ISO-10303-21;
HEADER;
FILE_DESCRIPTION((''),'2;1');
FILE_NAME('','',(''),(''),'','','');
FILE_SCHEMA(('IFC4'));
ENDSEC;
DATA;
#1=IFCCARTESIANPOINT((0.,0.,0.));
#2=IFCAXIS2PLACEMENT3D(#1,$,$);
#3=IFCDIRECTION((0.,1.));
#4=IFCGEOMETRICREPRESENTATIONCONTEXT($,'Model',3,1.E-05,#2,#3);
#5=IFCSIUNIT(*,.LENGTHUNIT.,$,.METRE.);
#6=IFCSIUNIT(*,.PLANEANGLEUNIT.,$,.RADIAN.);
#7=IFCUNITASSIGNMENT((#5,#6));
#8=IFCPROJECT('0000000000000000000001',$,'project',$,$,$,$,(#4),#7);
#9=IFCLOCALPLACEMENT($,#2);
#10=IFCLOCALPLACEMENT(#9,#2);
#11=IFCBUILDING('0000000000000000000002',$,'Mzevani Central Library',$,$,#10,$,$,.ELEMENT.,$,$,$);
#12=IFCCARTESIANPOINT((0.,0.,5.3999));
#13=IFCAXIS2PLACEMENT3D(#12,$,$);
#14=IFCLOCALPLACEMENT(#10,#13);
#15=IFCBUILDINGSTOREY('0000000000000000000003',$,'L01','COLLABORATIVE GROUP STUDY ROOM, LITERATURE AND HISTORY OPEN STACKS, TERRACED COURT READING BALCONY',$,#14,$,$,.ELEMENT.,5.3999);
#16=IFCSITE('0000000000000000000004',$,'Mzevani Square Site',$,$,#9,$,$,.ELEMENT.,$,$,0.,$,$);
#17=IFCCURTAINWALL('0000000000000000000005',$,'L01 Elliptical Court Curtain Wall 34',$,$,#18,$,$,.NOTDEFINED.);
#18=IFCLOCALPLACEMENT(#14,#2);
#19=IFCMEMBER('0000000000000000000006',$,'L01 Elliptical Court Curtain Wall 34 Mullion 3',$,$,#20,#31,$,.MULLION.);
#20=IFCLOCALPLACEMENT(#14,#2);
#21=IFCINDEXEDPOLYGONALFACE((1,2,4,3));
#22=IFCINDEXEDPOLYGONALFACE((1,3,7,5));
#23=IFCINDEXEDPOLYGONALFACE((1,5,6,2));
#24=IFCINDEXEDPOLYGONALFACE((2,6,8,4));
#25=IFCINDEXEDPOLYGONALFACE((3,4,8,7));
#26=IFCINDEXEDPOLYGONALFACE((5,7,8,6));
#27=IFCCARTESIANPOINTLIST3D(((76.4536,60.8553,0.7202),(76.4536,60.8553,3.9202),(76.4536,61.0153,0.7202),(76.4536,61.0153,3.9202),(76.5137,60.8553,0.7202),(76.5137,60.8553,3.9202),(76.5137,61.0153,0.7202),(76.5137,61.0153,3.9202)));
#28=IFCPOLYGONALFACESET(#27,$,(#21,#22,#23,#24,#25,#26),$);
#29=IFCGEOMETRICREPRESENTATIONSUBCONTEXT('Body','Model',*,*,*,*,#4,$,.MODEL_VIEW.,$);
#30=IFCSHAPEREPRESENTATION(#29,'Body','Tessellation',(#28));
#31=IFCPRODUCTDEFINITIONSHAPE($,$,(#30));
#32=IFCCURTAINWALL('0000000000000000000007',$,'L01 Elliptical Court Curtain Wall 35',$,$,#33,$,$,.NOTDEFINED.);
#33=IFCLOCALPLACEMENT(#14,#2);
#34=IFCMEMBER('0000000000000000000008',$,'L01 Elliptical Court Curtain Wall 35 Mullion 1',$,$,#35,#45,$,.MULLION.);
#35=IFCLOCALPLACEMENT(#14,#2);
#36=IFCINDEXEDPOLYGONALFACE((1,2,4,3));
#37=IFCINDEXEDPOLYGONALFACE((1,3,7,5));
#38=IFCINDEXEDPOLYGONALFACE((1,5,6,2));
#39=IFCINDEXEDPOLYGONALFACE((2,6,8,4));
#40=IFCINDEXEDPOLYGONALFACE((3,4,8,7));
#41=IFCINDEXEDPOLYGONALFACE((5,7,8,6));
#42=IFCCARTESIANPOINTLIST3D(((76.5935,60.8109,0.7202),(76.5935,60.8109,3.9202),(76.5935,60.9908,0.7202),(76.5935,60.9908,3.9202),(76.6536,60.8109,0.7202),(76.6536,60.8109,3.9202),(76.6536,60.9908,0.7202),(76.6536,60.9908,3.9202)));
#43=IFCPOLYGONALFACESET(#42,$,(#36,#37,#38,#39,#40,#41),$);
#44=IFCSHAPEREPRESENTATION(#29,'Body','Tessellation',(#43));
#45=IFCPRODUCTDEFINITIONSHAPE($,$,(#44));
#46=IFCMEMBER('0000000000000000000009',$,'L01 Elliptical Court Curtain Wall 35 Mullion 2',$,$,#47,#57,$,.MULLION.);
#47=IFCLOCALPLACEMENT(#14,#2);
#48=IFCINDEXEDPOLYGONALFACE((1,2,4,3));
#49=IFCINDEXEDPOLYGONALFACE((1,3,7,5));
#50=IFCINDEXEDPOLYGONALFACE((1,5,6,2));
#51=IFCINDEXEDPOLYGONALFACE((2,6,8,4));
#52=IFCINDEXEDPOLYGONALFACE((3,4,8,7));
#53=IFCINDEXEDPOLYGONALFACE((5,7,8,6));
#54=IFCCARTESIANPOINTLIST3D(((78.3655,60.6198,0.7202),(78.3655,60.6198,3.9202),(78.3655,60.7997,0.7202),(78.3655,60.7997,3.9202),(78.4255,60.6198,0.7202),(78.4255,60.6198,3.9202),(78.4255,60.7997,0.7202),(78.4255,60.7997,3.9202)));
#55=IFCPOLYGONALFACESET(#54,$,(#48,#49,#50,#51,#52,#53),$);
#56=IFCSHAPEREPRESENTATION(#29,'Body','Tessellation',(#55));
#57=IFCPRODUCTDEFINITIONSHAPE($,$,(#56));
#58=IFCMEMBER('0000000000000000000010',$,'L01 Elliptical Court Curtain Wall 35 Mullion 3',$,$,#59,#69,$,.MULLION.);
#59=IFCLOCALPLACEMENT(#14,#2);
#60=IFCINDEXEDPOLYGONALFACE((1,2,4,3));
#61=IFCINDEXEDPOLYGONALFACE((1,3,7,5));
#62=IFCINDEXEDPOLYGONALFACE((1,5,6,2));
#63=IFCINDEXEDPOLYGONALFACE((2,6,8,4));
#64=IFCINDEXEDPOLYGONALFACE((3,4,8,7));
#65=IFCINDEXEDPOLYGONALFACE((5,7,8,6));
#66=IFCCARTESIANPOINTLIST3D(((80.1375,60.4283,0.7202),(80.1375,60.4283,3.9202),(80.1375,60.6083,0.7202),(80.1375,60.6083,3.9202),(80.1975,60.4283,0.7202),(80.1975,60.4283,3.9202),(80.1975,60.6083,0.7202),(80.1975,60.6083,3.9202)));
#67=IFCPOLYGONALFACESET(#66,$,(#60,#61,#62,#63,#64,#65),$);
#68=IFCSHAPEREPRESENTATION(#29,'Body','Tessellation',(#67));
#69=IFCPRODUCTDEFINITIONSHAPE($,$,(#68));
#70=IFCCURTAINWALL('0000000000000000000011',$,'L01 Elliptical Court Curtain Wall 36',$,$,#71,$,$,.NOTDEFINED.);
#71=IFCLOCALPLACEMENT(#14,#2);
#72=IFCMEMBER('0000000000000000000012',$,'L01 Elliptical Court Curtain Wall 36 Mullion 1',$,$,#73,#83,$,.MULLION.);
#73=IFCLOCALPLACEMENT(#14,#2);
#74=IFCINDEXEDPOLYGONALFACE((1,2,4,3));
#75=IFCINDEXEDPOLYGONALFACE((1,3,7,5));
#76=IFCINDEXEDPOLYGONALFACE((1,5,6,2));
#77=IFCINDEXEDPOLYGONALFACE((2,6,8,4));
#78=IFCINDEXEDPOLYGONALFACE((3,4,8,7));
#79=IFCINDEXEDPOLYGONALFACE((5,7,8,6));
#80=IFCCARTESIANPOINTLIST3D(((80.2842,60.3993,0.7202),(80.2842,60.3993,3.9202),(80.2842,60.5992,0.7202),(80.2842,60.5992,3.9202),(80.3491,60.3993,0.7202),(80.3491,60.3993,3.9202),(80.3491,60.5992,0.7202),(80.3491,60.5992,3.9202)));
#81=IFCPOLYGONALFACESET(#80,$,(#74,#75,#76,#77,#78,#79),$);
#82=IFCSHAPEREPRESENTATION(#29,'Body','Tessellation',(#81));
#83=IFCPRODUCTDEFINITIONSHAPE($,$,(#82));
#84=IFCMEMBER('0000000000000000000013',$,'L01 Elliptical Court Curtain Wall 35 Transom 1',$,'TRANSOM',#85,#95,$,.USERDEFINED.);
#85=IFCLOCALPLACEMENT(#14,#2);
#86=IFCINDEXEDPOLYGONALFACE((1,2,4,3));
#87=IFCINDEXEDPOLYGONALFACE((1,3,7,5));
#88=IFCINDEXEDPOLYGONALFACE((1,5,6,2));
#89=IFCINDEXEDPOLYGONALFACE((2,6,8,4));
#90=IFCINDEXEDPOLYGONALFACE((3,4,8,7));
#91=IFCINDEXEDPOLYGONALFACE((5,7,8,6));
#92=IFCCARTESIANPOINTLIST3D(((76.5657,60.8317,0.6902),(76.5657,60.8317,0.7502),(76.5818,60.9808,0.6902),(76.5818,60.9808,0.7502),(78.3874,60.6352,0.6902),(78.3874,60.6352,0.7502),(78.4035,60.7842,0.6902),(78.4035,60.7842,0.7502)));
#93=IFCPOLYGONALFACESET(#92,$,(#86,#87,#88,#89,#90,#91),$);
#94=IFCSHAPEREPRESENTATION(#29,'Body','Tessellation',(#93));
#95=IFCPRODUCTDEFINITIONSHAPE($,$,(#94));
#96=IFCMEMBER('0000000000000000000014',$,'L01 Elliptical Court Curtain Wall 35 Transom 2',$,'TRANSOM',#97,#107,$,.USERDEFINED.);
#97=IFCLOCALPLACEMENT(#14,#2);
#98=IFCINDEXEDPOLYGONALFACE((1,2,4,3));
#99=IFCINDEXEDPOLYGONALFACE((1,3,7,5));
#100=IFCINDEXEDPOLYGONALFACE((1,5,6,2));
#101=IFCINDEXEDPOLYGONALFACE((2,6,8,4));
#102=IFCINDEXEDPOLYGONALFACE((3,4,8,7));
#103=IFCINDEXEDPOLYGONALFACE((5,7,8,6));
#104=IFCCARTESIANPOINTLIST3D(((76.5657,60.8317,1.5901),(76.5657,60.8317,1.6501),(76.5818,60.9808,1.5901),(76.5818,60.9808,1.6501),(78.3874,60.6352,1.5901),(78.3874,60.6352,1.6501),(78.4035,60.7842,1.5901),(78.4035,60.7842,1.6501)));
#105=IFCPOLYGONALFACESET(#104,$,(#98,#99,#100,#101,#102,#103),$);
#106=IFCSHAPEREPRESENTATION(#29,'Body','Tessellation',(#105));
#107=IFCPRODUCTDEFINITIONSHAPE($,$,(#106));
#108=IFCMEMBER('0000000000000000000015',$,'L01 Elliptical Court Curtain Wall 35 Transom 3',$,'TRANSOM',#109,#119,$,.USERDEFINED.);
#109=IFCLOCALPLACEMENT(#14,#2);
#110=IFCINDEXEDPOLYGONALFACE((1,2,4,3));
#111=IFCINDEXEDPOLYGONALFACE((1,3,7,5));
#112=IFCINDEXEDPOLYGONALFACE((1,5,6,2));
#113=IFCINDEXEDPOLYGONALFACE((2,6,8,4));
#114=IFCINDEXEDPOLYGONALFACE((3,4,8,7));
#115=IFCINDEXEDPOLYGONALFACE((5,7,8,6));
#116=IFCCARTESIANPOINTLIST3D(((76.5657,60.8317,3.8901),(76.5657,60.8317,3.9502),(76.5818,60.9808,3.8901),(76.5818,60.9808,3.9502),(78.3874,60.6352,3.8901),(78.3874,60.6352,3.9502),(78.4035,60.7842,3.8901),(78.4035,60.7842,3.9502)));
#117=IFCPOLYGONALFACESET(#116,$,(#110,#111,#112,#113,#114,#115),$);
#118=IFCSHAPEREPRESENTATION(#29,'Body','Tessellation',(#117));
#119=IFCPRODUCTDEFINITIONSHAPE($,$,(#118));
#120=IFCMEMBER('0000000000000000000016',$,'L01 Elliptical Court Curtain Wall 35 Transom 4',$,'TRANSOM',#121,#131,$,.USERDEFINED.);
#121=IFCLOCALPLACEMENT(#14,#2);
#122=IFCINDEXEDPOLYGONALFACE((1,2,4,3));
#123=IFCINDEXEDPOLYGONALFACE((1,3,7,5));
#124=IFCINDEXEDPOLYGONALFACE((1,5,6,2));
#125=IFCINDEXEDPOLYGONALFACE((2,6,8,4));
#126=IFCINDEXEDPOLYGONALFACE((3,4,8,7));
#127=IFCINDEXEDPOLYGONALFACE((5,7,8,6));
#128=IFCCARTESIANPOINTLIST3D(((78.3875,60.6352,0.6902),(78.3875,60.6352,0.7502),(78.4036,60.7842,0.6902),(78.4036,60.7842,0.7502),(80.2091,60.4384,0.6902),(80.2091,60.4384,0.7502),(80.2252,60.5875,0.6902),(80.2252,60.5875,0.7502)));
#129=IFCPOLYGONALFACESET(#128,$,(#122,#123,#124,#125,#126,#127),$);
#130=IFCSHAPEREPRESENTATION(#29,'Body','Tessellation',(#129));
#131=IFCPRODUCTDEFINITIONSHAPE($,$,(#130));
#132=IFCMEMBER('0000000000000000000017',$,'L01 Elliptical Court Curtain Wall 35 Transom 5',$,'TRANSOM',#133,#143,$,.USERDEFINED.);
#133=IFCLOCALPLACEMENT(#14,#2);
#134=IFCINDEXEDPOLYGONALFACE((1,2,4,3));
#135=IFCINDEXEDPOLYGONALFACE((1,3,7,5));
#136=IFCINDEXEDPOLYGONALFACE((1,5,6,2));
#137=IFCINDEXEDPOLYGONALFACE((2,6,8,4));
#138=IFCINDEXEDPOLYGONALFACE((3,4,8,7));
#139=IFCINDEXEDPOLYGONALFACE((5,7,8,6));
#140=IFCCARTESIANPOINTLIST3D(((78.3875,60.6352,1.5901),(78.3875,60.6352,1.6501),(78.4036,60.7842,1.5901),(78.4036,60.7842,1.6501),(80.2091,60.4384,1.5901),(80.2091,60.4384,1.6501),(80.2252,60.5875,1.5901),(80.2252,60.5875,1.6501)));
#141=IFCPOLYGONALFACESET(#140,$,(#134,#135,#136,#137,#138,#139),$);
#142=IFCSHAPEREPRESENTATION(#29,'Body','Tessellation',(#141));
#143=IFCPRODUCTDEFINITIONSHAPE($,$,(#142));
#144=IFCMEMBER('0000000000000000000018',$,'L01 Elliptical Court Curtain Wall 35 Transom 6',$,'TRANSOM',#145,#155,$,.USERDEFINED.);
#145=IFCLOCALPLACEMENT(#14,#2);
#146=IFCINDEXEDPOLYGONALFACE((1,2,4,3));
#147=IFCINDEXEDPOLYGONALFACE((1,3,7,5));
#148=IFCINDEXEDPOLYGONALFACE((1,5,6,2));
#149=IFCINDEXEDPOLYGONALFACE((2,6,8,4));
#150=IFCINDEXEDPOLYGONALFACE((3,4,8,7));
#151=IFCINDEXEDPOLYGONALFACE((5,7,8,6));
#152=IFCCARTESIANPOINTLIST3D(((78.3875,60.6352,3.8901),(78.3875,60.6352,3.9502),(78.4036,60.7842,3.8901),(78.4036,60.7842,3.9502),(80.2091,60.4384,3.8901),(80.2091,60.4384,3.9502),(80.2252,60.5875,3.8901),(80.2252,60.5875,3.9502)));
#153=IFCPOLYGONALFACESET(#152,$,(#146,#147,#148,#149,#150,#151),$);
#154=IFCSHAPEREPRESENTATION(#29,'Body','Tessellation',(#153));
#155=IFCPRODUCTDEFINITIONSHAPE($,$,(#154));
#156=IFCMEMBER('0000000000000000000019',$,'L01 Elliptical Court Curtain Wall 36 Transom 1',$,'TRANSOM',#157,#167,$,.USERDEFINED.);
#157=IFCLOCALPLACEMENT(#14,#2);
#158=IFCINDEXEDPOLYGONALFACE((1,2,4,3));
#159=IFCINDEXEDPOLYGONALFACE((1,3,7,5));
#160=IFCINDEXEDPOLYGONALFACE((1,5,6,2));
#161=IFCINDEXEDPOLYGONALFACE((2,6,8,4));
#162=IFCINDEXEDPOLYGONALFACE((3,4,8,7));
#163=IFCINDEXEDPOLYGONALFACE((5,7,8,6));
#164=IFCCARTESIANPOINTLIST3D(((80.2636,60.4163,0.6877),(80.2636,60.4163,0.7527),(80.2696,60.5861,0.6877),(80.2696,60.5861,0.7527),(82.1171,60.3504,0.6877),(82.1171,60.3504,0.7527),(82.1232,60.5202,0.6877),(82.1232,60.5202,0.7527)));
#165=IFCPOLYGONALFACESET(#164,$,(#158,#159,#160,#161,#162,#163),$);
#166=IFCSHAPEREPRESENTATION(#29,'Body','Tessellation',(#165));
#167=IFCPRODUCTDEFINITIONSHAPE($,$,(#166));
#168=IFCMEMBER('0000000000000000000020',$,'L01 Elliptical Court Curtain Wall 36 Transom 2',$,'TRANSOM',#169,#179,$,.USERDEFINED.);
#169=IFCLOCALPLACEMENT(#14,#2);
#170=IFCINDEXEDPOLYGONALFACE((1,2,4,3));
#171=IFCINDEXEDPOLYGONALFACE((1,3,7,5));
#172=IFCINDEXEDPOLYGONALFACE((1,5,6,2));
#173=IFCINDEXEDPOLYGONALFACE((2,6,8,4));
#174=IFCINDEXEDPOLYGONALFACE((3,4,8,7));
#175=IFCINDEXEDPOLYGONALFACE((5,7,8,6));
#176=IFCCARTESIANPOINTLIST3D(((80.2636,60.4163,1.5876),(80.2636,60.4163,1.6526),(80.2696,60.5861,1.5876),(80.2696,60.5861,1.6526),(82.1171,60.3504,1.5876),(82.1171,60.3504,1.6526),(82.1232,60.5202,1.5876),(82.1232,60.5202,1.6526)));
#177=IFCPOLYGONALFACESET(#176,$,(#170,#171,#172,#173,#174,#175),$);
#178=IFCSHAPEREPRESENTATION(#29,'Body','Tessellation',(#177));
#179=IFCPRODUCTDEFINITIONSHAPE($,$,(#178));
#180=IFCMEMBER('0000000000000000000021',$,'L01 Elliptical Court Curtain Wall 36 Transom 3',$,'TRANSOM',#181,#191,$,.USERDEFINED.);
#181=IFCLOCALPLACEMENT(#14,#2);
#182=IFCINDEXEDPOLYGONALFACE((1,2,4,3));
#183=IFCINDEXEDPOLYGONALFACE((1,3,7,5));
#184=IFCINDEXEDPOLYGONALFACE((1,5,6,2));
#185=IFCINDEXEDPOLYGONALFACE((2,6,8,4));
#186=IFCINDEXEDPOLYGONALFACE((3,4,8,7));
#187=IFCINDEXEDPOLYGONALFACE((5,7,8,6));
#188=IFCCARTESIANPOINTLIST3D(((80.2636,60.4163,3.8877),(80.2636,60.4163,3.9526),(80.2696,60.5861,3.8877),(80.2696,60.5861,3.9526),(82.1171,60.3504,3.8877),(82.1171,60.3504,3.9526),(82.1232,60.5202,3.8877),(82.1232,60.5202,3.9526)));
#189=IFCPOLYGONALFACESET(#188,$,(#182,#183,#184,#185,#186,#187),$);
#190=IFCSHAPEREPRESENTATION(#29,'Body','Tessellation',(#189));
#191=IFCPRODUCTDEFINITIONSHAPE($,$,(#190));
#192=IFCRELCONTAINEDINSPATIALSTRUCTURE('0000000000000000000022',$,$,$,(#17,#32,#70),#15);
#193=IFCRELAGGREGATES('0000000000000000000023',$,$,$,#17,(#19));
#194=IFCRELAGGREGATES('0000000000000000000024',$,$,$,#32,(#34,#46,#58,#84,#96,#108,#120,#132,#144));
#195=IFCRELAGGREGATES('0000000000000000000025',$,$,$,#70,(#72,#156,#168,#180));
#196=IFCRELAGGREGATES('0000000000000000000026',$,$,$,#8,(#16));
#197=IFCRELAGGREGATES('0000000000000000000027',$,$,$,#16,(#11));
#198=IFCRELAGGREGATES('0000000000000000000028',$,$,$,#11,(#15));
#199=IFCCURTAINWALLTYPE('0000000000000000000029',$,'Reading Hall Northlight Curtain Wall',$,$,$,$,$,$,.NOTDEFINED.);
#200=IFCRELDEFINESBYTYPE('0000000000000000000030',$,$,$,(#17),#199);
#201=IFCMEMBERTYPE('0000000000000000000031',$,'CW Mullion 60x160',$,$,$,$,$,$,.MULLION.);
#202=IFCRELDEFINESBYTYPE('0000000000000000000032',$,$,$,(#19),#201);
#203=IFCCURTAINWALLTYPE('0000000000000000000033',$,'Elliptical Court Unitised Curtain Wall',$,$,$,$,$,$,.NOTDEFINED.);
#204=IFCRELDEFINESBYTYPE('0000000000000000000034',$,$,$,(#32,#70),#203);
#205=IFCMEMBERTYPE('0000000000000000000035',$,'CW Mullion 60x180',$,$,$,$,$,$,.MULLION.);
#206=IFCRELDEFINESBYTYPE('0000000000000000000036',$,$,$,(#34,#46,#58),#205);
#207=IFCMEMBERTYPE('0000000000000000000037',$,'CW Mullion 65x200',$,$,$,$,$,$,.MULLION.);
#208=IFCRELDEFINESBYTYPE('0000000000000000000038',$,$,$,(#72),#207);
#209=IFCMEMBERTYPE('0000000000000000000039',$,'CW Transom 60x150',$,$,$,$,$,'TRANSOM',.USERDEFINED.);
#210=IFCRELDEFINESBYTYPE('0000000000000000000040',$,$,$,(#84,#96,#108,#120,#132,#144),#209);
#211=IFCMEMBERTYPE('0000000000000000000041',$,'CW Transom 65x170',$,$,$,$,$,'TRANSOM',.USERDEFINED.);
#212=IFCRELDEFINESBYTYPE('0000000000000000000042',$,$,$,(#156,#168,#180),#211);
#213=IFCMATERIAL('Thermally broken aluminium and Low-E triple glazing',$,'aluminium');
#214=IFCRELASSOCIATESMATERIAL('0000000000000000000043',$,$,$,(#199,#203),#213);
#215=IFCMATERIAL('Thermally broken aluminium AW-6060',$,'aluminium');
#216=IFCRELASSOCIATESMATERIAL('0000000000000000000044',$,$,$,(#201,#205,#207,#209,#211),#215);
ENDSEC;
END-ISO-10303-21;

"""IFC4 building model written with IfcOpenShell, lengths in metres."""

from ifc_helpers import new_model, si_unit, direction, frame, origin, origin_2d, place, context, subcontext, project, spatial, rectangle, extrude, material, material_profile, profile_set, type_object, element, aggregate, save


model = new_model("IFC4")

# Units and contexts
model_context = context("Model", 3, precision=1e-05, world=origin(), true_north=direction((0.0, 1.0)))
body_context = subcontext(model_context, "Body", "Model", "MODEL_VIEW")
ifc_project = project(units=[si_unit("LENGTHUNIT", "METRE"), si_unit("PLANEANGLEUNIT", "RADIAN")], contexts=[model_context])

# Site, building, storey
site_placement = place(None, origin())
site = spatial("IfcSite", under=ifc_project, at=site_placement, Name="Mzevani Square Site", CompositionType="ELEMENT", RefElevation=0.0)
building_placement = place(site_placement, origin())
building = spatial("IfcBuilding", under=site, at=building_placement, Name="Mzevani Central Library", CompositionType="ELEMENT")
storey_placement = place(building_placement, frame((0.0, 0.0, 5.3999)))
storey = spatial("IfcBuildingStorey", under=building, at=storey_placement, Name="L01", Description="COLLABORATIVE GROUP STUDY ROOM, LITERATURE AND HISTORY OPEN STACKS, TERRACED COURT READING BALCONY", CompositionType="ELEMENT", Elevation=5.3999)

# Curtain wall, member
ifc_material_1 = material(Name="Thermally broken aluminium and Low-E triple glazing", Category="aluminium")
curtain_wall_type_1 = type_object("IfcCurtainWallType", Name="Reading Hall Northlight Curtain Wall", PredefinedType="NOTDEFINED", material=ifc_material_1)
curtain_wall_1_placement = place(storey_placement, origin())
curtain_wall_1 = element("IfcCurtainWall", 1, at=curtain_wall_1_placement, inside=storey, type_object=curtain_wall_type_1, Name="L01 Elliptical Court Curtain Wall 34", PredefinedType="NOTDEFINED")
ifc_material_2 = material(Name="Thermally broken aluminium AW-6060", Category="aluminium")
ifc_material_profile_1 = material_profile(ifc_material_2, rectangle(XDim=0.0601, YDim=0.1599, at=origin_2d()), Name="ALU M60x160")
ifc_profile_set_1 = profile_set([ifc_material_profile_1], Name="Thermally broken aluminium AW-6060")
member_type_1 = type_object("IfcMemberType", Name="CW Mullion 60x160", PredefinedType="MULLION", material=ifc_profile_set_1)
member_1_placement = place(storey_placement, frame((76.4836, 60.9353, 0.7202), z_axis=(0.0, 0.0, 1.0), x_axis=(1.0, 0.0, 0.0)))
member_1 = element("IfcMember", 2, at=member_1_placement, type_object=member_type_1, Name="L01 Elliptical Court Curtain Wall 34 Mullion 3", PredefinedType="MULLION", context=body_context, shape_type="SweptSolid", body=[
    extrude(rectangle(XDim=0.0601, YDim=0.1599, at=origin_2d()), origin(), (0.0, 0.0, 1.0), 3.2),
])
aggregate(curtain_wall_1, [member_1])

# Curtain wall, members
curtain_wall_type_2 = type_object("IfcCurtainWallType", Name="Elliptical Court Unitised Curtain Wall", PredefinedType="NOTDEFINED", material=ifc_material_1)
curtain_wall_2_placement = place(storey_placement, origin())
curtain_wall_2 = element("IfcCurtainWall", 3, at=curtain_wall_2_placement, inside=storey, type_object=curtain_wall_type_2, Name="L01 Elliptical Court Curtain Wall 35", PredefinedType="NOTDEFINED")
ifc_material_profile_2 = material_profile(ifc_material_2, rectangle(XDim=0.0601, YDim=0.1799, at=origin_2d()), Name="ALU M60x180")
ifc_profile_set_2 = profile_set([ifc_material_profile_2], Name="Thermally broken aluminium AW-6060")
member_type_2 = type_object("IfcMemberType", Name="CW Mullion 60x180", PredefinedType="MULLION", material=ifc_profile_set_2)
member_2_placement = place(storey_placement, frame((76.6235, 60.9009, 0.7202), z_axis=(0.0, 0.0, 1.0), x_axis=(1.0, 0.0, 0.0)))
member_2 = element("IfcMember", 4, at=member_2_placement, type_object=member_type_2, Name="L01 Elliptical Court Curtain Wall 35 Mullion 1", PredefinedType="MULLION", context=body_context, shape_type="SweptSolid", body=[
    extrude(rectangle(XDim=0.0601, YDim=0.1799, at=origin_2d()), origin(), (0.0, 0.0, 1.0), 3.2),
])
member_3_placement = place(storey_placement, frame((78.3955, 60.7097, 0.7202), z_axis=(0.0, 0.0, 1.0), x_axis=(1.0, 0.0, 0.0)))
member_3 = element("IfcMember", 5, at=member_3_placement, type_object=member_type_2, Name="L01 Elliptical Court Curtain Wall 35 Mullion 2", PredefinedType="MULLION", context=body_context, shape_type="SweptSolid", body=[
    extrude(rectangle(XDim=0.0601, YDim=0.1799, at=origin_2d()), origin(), (0.0, 0.0, 1.0), 3.2),
])
member_4_placement = place(storey_placement, frame((80.1675, 60.5183, 0.7202), z_axis=(0.0, 0.0, 1.0), x_axis=(1.0, 0.0, 0.0)))
member_4 = element("IfcMember", 6, at=member_4_placement, type_object=member_type_2, Name="L01 Elliptical Court Curtain Wall 35 Mullion 3", PredefinedType="MULLION", context=body_context, shape_type="SweptSolid", body=[
    extrude(rectangle(XDim=0.0601, YDim=0.1799, at=origin_2d()), origin(), (0.0, 0.0, 1.0), 3.2),
])

# Curtain wall, member
curtain_wall_3_placement = place(storey_placement, origin())
curtain_wall_3 = element("IfcCurtainWall", 7, at=curtain_wall_3_placement, inside=storey, type_object=curtain_wall_type_2, Name="L01 Elliptical Court Curtain Wall 36", PredefinedType="NOTDEFINED")
ifc_material_profile_3 = material_profile(ifc_material_2, rectangle(XDim=0.0649, YDim=0.2, at=origin_2d()), Name="ALU M65x200")
ifc_profile_set_3 = profile_set([ifc_material_profile_3], Name="Thermally broken aluminium AW-6060")
member_type_3 = type_object("IfcMemberType", Name="CW Mullion 65x200", PredefinedType="MULLION", material=ifc_profile_set_3)
member_5_placement = place(storey_placement, frame((80.3167, 60.4993, 0.7202), z_axis=(0.0, 0.0, 1.0), x_axis=(1.0, 0.0, 0.0)))
member_5 = element("IfcMember", 8, at=member_5_placement, type_object=member_type_3, Name="L01 Elliptical Court Curtain Wall 36 Mullion 1", PredefinedType="MULLION", context=body_context, shape_type="SweptSolid", body=[
    extrude(rectangle(XDim=0.0649, YDim=0.2, at=origin_2d()), origin(), (0.0, 0.0, 1.0), 3.2),
])

# Members
ifc_material_profile_4 = material_profile(ifc_material_2, rectangle(XDim=0.1499, YDim=0.0601, at=origin_2d()), Name="ALU T60x150")
ifc_profile_set_4 = profile_set([ifc_material_profile_4], Name="Thermally broken aluminium AW-6060")
member_type_4 = type_object("IfcMemberType", Name="CW Transom 60x150", ElementType="TRANSOM", PredefinedType="USERDEFINED", material=ifc_profile_set_4)
member_6_placement = place(storey_placement, frame((76.5737, 60.9062, 0.7202), z_axis=(0.994231, -0.107258, 0.0), x_axis=(0.107258, 0.994231, 0.0)))
member_6 = element("IfcMember", 9, at=member_6_placement, type_object=member_type_4, Name="L01 Elliptical Court Curtain Wall 35 Transom 1", ObjectType="TRANSOM", PredefinedType="USERDEFINED", context=body_context, shape_type="SweptSolid", body=[
    extrude(rectangle(XDim=0.1499, YDim=0.0601, at=origin_2d()), origin(), (0.0, 0.0, 1.0), 1.8323),
])
member_7_placement = place(storey_placement, frame((76.5737, 60.9062, 1.6201), z_axis=(0.994231, -0.107258, 0.0), x_axis=(0.107258, 0.994231, 0.0)))
member_7 = element("IfcMember", 10, at=member_7_placement, type_object=member_type_4, Name="L01 Elliptical Court Curtain Wall 35 Transom 2", ObjectType="TRANSOM", PredefinedType="USERDEFINED", context=body_context, shape_type="SweptSolid", body=[
    extrude(rectangle(XDim=0.1499, YDim=0.0601, at=origin_2d()), origin(), (0.0, 0.0, 1.0), 1.8323),
])
member_8_placement = place(storey_placement, frame((76.5737, 60.9062, 3.9202), z_axis=(0.994231, -0.107258, 0.0), x_axis=(0.107258, 0.994231, 0.0)))
member_8 = element("IfcMember", 11, at=member_8_placement, type_object=member_type_4, Name="L01 Elliptical Court Curtain Wall 35 Transom 3", ObjectType="TRANSOM", PredefinedType="USERDEFINED", context=body_context, shape_type="SweptSolid", body=[
    extrude(rectangle(XDim=0.1499, YDim=0.0601, at=origin_2d()), origin(), (0.0, 0.0, 1.0), 1.8323),
])
member_9_placement = place(storey_placement, frame((78.3955, 60.7097, 0.7202), z_axis=(0.994217, -0.107389, 0.0), x_axis=(0.107389, 0.994217, 0.0)))
member_9 = element("IfcMember", 12, at=member_9_placement, type_object=member_type_4, Name="L01 Elliptical Court Curtain Wall 35 Transom 4", ObjectType="TRANSOM", PredefinedType="USERDEFINED", context=body_context, shape_type="SweptSolid", body=[
    extrude(rectangle(XDim=0.1499, YDim=0.0601, at=origin_2d()), origin(), (0.0, 0.0, 1.0), 1.8323),
])
member_10_placement = place(storey_placement, frame((78.3955, 60.7097, 1.6201), z_axis=(0.994217, -0.107389, 0.0), x_axis=(0.107389, 0.994217, 0.0)))
member_10 = element("IfcMember", 13, at=member_10_placement, type_object=member_type_4, Name="L01 Elliptical Court Curtain Wall 35 Transom 5", ObjectType="TRANSOM", PredefinedType="USERDEFINED", context=body_context, shape_type="SweptSolid", body=[
    extrude(rectangle(XDim=0.1499, YDim=0.0601, at=origin_2d()), origin(), (0.0, 0.0, 1.0), 1.8323),
])
member_11_placement = place(storey_placement, frame((78.3955, 60.7097, 3.9202), z_axis=(0.994217, -0.107389, 0.0), x_axis=(0.107389, 0.994217, 0.0)))
member_11 = element("IfcMember", 14, at=member_11_placement, type_object=member_type_4, Name="L01 Elliptical Court Curtain Wall 35 Transom 6", ObjectType="TRANSOM", PredefinedType="USERDEFINED", context=body_context, shape_type="SweptSolid", body=[
    extrude(rectangle(XDim=0.1499, YDim=0.0601, at=origin_2d()), origin(), (0.0, 0.0, 1.0), 1.8323),
])
ifc_material_profile_5 = material_profile(ifc_material_2, rectangle(XDim=0.1699, YDim=0.0649, at=origin_2d()), Name="ALU T65x170")
ifc_profile_set_5 = profile_set([ifc_material_profile_5], Name="Thermally broken aluminium AW-6060")
member_type_5 = type_object("IfcMemberType", Name="CW Transom 65x170", ElementType="TRANSOM", PredefinedType="USERDEFINED", material=ifc_profile_set_5)
member_12_placement = place(storey_placement, frame((80.2666, 60.5012, 0.7202), z_axis=(0.999368, -0.035541, 0.0), x_axis=(0.035541, 0.999368, 0.0)))
member_12 = element("IfcMember", 15, at=member_12_placement, type_object=member_type_5, Name="L01 Elliptical Court Curtain Wall 36 Transom 1", ObjectType="TRANSOM", PredefinedType="USERDEFINED", context=body_context, shape_type="SweptSolid", body=[
    extrude(rectangle(XDim=0.1699, YDim=0.0649, at=origin_2d()), origin(), (0.0, 0.0, 1.0), 1.8547),
])
member_13_placement = place(storey_placement, frame((80.2666, 60.5012, 1.6201), z_axis=(0.999368, -0.035541, 0.0), x_axis=(0.035541, 0.999368, 0.0)))
member_13 = element("IfcMember", 16, at=member_13_placement, type_object=member_type_5, Name="L01 Elliptical Court Curtain Wall 36 Transom 2", ObjectType="TRANSOM", PredefinedType="USERDEFINED", context=body_context, shape_type="SweptSolid", body=[
    extrude(rectangle(XDim=0.1699, YDim=0.0649, at=origin_2d()), origin(), (0.0, 0.0, 1.0), 1.8547),
])
member_14_placement = place(storey_placement, frame((80.2666, 60.5012, 3.9202), z_axis=(0.999368, -0.035541, 0.0), x_axis=(0.035541, 0.999368, 0.0)))
member_14 = element("IfcMember", 17, at=member_14_placement, type_object=member_type_5, Name="L01 Elliptical Court Curtain Wall 36 Transom 3", ObjectType="TRANSOM", PredefinedType="USERDEFINED", context=body_context, shape_type="SweptSolid", body=[
    extrude(rectangle(XDim=0.1699, YDim=0.0649, at=origin_2d()), origin(), (0.0, 0.0, 1.0), 1.8547),
])

aggregate(curtain_wall_2, [member_2, member_3, member_4, member_6, member_7, member_8, member_9, member_10, member_11])
aggregate(curtain_wall_3, [member_5, member_12, member_13, member_14])

save(model, "model.ifc")
